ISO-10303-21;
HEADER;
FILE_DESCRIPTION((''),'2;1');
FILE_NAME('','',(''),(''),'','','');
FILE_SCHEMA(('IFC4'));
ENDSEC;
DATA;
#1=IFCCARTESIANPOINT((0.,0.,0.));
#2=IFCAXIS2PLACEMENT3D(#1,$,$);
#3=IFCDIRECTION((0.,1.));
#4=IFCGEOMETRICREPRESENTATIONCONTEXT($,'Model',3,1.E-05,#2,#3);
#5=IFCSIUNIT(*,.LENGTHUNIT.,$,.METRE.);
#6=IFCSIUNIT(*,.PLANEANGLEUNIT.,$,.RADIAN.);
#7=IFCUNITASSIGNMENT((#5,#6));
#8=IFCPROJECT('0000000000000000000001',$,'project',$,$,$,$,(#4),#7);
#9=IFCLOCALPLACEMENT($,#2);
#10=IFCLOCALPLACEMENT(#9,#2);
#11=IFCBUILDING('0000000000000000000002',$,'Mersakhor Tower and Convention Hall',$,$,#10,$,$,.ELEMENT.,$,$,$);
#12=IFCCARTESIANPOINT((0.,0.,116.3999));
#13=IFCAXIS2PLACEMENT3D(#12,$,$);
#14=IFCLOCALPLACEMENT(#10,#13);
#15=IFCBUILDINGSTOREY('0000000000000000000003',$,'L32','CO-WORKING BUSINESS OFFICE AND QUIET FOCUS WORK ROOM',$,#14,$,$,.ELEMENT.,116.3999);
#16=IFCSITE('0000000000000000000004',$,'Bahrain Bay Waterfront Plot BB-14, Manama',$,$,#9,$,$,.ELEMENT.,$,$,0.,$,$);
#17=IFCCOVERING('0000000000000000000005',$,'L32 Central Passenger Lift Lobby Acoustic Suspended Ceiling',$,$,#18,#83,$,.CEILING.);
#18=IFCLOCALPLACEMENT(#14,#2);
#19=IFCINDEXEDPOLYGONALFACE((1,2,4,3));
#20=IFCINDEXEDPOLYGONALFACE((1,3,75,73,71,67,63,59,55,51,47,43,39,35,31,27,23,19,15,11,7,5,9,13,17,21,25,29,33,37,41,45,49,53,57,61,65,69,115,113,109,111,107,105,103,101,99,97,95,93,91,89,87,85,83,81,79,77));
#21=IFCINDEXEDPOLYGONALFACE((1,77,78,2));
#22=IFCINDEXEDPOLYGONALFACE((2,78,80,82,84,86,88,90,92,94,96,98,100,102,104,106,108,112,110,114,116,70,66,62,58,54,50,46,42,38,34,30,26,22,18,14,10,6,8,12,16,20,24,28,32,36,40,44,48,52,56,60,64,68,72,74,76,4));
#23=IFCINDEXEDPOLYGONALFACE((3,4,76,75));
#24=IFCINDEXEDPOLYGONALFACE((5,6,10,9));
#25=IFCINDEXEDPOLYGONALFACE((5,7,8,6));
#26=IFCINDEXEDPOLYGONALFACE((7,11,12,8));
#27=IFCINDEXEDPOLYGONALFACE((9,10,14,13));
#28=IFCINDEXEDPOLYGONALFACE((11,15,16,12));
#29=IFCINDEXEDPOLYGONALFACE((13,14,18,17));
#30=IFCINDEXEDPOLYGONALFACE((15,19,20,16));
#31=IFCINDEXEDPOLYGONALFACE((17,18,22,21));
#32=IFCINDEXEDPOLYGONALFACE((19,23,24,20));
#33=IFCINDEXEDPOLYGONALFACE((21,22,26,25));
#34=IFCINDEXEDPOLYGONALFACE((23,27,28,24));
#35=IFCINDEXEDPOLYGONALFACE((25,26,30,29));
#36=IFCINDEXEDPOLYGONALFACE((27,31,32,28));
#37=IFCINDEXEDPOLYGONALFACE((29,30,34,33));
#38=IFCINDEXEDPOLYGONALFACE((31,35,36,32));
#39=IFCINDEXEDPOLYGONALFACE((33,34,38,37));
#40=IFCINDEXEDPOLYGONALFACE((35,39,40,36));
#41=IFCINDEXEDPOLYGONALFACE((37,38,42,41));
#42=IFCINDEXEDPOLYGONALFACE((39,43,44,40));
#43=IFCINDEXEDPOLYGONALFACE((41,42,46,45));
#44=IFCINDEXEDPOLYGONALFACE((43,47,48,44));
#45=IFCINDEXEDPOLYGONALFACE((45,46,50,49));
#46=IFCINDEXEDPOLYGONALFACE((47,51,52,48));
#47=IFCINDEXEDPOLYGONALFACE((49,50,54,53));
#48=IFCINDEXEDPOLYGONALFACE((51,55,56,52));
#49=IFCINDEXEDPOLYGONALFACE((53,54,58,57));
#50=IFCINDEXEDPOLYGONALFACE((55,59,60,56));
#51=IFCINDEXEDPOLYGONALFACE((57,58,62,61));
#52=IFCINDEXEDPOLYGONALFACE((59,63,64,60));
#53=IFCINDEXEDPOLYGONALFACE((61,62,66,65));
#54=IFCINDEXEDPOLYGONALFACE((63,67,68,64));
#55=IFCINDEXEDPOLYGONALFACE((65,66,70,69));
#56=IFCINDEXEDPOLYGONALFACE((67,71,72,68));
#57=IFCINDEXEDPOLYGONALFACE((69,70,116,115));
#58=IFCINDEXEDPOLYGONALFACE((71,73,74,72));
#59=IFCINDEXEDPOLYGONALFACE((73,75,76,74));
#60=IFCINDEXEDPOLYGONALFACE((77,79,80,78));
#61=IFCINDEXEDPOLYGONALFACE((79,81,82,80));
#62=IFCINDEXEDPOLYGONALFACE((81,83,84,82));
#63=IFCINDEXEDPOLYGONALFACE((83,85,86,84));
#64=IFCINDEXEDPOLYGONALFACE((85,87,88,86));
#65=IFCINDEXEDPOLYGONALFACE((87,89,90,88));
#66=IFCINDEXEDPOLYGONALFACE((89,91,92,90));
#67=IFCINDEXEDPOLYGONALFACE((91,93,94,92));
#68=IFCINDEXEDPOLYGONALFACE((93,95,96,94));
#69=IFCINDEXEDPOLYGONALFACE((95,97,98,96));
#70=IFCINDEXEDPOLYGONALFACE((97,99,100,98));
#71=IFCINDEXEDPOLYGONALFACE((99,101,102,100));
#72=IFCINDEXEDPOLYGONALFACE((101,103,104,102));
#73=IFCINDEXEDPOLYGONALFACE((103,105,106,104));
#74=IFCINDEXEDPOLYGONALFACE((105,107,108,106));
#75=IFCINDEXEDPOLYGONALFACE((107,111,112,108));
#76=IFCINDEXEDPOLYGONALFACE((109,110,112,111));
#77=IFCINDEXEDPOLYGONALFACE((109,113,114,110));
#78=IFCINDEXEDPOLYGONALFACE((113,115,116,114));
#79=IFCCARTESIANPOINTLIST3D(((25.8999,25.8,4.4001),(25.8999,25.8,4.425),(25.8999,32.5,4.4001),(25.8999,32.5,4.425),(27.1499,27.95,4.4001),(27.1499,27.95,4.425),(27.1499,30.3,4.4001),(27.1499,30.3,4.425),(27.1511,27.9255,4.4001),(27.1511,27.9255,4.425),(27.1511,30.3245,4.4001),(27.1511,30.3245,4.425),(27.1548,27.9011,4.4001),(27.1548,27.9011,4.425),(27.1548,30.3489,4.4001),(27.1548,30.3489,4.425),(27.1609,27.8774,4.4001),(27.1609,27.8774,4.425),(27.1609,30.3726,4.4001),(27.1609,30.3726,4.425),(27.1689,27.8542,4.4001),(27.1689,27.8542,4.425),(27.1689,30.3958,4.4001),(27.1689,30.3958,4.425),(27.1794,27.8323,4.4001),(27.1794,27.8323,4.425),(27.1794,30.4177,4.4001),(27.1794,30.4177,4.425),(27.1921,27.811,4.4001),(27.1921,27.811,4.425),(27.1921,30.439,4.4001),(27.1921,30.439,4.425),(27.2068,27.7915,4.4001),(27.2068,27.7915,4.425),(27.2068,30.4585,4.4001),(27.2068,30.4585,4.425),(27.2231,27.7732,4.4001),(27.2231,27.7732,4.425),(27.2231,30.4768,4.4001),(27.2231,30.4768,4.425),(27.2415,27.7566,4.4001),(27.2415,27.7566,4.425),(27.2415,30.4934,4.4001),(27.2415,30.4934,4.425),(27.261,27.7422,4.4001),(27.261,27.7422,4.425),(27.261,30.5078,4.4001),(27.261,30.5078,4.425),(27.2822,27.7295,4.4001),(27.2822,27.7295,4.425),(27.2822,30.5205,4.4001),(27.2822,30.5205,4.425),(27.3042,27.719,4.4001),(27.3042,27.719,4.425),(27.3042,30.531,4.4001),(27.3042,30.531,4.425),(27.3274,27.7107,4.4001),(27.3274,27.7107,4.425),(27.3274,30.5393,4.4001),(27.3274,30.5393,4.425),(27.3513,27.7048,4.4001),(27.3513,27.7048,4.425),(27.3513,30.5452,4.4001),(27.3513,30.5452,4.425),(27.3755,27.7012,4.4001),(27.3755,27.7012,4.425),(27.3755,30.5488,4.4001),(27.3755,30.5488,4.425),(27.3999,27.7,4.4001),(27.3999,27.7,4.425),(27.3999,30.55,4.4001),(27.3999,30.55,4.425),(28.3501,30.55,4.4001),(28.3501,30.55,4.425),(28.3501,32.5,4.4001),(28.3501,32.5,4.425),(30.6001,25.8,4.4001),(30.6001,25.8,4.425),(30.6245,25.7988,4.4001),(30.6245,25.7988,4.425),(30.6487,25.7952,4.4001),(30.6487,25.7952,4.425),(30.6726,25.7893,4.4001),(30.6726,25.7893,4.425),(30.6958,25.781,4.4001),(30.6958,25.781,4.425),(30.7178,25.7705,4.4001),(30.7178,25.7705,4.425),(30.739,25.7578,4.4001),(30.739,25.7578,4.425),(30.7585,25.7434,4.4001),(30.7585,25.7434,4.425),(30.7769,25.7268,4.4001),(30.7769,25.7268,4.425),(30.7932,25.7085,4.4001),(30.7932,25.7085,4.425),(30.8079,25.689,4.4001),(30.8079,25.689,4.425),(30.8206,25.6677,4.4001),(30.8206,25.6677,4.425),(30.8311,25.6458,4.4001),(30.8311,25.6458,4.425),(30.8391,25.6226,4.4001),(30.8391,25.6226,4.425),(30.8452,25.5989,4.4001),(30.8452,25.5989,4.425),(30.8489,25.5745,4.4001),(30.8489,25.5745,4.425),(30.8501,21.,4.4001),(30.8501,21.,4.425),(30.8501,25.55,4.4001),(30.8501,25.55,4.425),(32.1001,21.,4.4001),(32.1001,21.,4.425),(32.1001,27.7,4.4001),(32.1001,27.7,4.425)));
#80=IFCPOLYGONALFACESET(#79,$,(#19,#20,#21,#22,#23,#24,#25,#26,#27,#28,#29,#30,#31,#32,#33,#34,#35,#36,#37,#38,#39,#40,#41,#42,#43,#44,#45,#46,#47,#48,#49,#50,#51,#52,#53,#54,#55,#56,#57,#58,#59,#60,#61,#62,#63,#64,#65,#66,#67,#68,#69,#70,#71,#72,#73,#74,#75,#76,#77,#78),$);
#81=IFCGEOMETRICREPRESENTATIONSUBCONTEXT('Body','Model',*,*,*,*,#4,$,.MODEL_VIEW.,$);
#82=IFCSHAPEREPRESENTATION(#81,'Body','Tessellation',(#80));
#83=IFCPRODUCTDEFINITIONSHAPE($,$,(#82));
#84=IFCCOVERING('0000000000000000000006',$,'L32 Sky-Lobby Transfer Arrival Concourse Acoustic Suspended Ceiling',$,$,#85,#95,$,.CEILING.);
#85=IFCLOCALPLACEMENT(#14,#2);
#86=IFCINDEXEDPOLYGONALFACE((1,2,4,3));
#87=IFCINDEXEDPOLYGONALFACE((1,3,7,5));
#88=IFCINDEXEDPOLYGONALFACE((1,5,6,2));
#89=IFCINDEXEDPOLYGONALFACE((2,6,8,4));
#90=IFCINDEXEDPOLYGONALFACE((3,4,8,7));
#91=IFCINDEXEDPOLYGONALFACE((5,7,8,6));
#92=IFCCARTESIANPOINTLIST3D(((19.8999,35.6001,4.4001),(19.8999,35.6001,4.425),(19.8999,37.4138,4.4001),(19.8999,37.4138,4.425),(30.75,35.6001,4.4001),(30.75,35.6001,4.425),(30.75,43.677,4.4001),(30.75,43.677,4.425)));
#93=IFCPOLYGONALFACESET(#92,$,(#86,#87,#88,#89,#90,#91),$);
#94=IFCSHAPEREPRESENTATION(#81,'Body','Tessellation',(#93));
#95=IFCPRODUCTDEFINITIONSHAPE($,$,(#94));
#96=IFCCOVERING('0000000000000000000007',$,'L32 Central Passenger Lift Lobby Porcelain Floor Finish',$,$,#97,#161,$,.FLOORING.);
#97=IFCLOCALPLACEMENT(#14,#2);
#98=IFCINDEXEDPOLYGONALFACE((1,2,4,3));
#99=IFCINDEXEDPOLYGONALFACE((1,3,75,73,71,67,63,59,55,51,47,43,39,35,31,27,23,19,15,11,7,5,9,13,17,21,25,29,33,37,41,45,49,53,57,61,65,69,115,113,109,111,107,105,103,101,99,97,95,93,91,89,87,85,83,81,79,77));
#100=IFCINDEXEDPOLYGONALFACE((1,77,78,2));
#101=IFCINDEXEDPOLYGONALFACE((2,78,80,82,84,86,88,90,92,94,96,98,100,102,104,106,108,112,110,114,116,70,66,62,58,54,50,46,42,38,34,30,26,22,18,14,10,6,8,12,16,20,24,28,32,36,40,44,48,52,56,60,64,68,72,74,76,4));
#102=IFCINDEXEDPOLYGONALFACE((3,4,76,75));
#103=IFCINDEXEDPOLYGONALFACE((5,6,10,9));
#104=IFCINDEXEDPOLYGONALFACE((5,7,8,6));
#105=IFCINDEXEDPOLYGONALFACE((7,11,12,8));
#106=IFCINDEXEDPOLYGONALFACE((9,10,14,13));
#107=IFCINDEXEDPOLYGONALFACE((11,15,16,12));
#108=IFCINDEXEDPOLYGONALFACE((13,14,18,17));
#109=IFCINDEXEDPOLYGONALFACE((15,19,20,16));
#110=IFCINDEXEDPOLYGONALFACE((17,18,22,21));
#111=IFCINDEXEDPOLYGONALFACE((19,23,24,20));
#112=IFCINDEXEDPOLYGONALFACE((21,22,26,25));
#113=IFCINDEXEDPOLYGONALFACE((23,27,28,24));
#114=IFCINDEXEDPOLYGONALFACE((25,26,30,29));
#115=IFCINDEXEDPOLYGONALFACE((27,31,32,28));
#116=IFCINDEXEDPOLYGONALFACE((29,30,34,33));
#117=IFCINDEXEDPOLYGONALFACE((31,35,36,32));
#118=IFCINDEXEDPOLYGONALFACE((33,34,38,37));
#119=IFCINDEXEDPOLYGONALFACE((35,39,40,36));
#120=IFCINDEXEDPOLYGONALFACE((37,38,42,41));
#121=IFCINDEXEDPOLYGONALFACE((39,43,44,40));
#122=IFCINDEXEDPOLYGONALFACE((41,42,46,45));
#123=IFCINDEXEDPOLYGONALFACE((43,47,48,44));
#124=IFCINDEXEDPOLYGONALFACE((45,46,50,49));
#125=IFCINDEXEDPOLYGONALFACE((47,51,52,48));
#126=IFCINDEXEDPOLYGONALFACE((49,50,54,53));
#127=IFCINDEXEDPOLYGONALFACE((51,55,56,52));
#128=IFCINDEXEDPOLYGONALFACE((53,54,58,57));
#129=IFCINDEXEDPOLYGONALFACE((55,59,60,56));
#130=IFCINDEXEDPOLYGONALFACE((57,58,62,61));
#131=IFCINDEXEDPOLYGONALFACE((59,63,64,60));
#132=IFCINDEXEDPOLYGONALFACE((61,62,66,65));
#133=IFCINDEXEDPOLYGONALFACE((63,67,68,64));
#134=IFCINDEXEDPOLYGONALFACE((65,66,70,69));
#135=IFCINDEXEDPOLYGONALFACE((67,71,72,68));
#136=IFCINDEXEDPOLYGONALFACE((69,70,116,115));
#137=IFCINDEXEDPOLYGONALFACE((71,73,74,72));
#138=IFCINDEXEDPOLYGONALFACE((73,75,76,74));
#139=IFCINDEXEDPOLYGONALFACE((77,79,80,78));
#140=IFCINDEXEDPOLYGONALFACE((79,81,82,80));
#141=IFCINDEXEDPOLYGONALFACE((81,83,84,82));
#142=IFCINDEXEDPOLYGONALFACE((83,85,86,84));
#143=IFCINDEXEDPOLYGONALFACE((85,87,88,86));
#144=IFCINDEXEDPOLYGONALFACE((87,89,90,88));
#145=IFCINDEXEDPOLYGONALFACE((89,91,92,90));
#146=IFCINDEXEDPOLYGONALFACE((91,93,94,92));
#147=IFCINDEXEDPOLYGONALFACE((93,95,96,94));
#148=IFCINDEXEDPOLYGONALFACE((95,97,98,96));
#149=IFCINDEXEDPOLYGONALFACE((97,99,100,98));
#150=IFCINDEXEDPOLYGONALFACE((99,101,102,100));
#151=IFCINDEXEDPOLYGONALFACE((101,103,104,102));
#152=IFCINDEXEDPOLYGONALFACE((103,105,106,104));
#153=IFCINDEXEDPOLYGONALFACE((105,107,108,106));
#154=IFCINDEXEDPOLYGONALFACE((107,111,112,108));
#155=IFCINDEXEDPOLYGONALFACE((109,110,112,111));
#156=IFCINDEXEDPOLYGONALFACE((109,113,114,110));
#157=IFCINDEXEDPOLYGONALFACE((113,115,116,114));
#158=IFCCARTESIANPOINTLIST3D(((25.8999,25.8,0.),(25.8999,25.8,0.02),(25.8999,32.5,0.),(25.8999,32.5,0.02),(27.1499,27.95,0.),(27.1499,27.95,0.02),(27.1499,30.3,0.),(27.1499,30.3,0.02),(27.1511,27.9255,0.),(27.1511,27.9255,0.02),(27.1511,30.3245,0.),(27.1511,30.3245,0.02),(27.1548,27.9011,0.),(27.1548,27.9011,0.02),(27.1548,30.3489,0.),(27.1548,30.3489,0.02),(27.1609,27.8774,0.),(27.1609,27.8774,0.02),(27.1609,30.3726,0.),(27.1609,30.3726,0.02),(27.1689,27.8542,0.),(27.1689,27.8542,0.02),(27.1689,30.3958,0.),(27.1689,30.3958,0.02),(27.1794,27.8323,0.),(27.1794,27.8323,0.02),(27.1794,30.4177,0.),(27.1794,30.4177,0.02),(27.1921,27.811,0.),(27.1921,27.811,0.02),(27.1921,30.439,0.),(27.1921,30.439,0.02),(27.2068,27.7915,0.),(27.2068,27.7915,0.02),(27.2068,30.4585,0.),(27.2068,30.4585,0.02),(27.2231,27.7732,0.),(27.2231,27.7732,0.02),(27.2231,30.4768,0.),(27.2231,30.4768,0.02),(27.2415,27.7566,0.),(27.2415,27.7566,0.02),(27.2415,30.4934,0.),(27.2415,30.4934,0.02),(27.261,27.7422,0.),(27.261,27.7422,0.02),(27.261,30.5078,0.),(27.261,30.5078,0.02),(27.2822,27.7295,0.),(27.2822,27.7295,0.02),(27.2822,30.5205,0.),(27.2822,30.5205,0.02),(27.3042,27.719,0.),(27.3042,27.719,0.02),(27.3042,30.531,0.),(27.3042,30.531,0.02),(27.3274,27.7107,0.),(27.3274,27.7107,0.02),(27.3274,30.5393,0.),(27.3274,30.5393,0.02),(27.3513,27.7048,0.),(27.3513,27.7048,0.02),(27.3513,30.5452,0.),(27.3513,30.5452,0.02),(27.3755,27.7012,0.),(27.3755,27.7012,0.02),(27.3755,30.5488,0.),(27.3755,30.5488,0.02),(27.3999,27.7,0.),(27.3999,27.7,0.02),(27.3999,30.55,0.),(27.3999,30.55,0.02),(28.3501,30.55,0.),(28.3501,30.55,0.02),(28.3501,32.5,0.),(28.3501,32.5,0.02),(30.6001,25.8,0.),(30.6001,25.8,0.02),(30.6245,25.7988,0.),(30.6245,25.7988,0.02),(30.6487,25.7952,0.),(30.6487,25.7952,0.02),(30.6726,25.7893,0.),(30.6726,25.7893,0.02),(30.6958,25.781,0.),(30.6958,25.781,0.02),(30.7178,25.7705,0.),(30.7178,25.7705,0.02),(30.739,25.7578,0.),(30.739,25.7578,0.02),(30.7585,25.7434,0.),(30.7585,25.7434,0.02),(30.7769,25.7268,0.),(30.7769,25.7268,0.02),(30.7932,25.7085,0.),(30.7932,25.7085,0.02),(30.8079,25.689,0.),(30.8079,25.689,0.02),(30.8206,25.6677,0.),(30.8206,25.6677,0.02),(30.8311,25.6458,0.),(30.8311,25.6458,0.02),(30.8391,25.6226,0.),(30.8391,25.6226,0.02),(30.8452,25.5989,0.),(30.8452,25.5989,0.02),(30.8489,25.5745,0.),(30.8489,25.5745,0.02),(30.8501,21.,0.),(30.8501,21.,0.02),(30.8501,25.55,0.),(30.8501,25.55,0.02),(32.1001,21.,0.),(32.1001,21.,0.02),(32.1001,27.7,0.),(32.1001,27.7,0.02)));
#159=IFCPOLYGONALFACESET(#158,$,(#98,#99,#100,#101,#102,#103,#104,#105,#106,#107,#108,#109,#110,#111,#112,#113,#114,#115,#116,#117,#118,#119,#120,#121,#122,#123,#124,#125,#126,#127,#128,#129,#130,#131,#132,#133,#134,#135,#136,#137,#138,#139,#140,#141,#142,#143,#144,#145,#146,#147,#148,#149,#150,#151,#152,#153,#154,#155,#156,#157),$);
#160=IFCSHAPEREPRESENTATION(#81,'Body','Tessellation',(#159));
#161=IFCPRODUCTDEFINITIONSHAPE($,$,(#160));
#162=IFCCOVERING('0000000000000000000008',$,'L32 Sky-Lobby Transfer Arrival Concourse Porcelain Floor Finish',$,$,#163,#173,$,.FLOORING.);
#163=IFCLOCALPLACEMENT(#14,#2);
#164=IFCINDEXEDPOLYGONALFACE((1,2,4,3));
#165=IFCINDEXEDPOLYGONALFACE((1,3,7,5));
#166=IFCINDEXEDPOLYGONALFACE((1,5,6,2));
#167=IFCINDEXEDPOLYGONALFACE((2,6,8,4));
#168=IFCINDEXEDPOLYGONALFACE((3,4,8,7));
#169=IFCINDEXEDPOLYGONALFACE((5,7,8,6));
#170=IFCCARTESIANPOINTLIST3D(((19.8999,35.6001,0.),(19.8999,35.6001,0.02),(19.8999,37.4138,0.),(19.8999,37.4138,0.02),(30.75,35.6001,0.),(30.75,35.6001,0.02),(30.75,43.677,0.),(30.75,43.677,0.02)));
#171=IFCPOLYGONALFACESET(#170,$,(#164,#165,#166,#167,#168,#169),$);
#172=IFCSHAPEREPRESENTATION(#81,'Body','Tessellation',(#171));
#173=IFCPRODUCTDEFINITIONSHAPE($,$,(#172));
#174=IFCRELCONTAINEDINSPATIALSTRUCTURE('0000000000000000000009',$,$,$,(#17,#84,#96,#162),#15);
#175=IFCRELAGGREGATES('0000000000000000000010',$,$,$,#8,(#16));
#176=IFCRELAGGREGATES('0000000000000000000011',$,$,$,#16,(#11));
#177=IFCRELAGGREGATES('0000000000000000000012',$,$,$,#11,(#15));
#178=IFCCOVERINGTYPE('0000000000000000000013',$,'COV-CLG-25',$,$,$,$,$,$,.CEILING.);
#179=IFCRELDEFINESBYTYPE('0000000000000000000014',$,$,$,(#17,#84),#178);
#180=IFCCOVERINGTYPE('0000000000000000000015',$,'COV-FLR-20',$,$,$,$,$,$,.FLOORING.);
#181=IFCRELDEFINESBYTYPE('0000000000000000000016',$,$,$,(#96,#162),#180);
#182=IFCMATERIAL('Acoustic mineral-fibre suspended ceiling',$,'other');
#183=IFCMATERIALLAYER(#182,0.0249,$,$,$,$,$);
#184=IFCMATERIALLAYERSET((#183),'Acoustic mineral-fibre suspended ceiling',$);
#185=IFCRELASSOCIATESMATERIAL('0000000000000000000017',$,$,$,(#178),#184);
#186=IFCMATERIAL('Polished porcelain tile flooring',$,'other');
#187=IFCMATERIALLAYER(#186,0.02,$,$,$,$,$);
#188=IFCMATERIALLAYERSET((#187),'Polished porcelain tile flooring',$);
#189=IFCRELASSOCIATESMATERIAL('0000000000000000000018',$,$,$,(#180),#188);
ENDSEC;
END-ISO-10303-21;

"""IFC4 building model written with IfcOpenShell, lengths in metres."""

from ifc_helpers import new_model, si_unit, direction, frame, origin, place, context, subcontext, project, spatial, polyline, outline, extrude, material, layer, layer_set, type_object, element, save


model = new_model("IFC4")

# Units and contexts
model_context = context("Model", 3, precision=1e-05, world=origin(), true_north=direction((0.0, 1.0)))
body_context = subcontext(model_context, "Body", "Model", "MODEL_VIEW")
ifc_project = project(units=[si_unit("LENGTHUNIT", "METRE"), si_unit("PLANEANGLEUNIT", "RADIAN")], contexts=[model_context])

# Site, building, storey
site_placement = place(None, origin())
site = spatial("IfcSite", under=ifc_project, at=site_placement, Name="Bahrain Bay Waterfront Plot BB-14, Manama", CompositionType="ELEMENT", RefElevation=0.0)
building_placement = place(site_placement, origin())
building = spatial("IfcBuilding", under=site, at=building_placement, Name="Mersakhor Tower and Convention Hall", CompositionType="ELEMENT")
storey_placement = place(building_placement, frame((0.0, 0.0, 116.3999)))
storey = spatial("IfcBuildingStorey", under=building, at=storey_placement, Name="L32", Description="CO-WORKING BUSINESS OFFICE AND QUIET FOCUS WORK ROOM", CompositionType="ELEMENT", Elevation=116.3999)

# Coverings
ifc_material_1 = material(Name="Acoustic mineral-fibre suspended ceiling", Category="other")
ifc_layer_1 = layer(ifc_material_1, 0.0249)
ifc_layer_set_1 = layer_set([ifc_layer_1], Name="Acoustic mineral-fibre suspended ceiling")
covering_type_1 = type_object("IfcCoveringType", Name="COV-CLG-25", PredefinedType="CEILING", material=ifc_layer_set_1)
covering_1_placement = place(storey_placement, frame((0.0, 0.0, 4.4001)))
element("IfcCovering", 1, at=covering_1_placement, inside=storey, type_object=covering_type_1, Name="L32 Central Passenger Lift Lobby Acoustic Suspended Ceiling", PredefinedType="CEILING", context=body_context, shape_type="SweptSolid", body=[
    extrude(outline(polyline([(30.8501, 21.0), (30.8501, 25.55), (30.8489, 25.5745), (30.8452, 25.5989), (30.8391, 25.6226), (30.8311, 25.6458), (30.8206, 25.6677), (30.8079, 25.689), (30.7932, 25.7085), (30.7769, 25.7268), (30.7585, 25.7434), (30.739, 25.7578), (30.7178, 25.7705), (30.6958, 25.781), (30.6726, 25.7893), (30.6487, 25.7952), (30.6245, 25.7988), (30.6001, 25.8), (25.8999, 25.8), (25.8999, 32.5), (28.3501, 32.5), (28.3501, 30.55), (27.3999, 30.55), (27.3755, 30.5488), (27.3513, 30.5452), (27.3274, 30.5393), (27.3042, 30.531), (27.2822, 30.5205), (27.261, 30.5078), (27.2415, 30.4934), (27.2231, 30.4768), (27.2068, 30.4585), (27.1921, 30.439), (27.1794, 30.4177), (27.1689, 30.3958), (27.1609, 30.3726), (27.1548, 30.3489), (27.1511, 30.3245), (27.1499, 30.3), (27.1499, 27.95), (27.1511, 27.9255), (27.1548, 27.9011), (27.1609, 27.8774), (27.1689, 27.8542), (27.1794, 27.8323), (27.1921, 27.811), (27.2068, 27.7915), (27.2231, 27.7732), (27.2415, 27.7566), (27.261, 27.7422), (27.2822, 27.7295), (27.3042, 27.719), (27.3274, 27.7107), (27.3513, 27.7048), (27.3755, 27.7012), (27.3999, 27.7), (32.1001, 27.7), (32.1001, 21.0), (30.8501, 21.0)])), origin(), (0.0, 0.0, 1.0), 0.0249),
])
covering_2_placement = place(storey_placement, frame((0.0, 0.0, 4.4001)))
element("IfcCovering", 2, at=covering_2_placement, inside=storey, type_object=covering_type_1, Name="L32 Sky-Lobby Transfer Arrival Concourse Acoustic Suspended Ceiling", PredefinedType="CEILING", context=body_context, shape_type="SweptSolid", body=[
    extrude(outline(polyline([(30.75, 35.6001), (19.8999, 35.6001), (19.8999, 37.4138), (30.75, 43.677), (30.75, 35.6001)])), origin(), (0.0, 0.0, 1.0), 0.0249),
])
ifc_material_2 = material(Name="Polished porcelain tile flooring", Category="other")
ifc_layer_2 = layer(ifc_material_2, 0.02)
ifc_layer_set_2 = layer_set([ifc_layer_2], Name="Polished porcelain tile flooring")
covering_type_2 = type_object("IfcCoveringType", Name="COV-FLR-20", PredefinedType="FLOORING", material=ifc_layer_set_2)
covering_3_placement = place(storey_placement, origin())
element("IfcCovering", 3, at=covering_3_placement, inside=storey, type_object=covering_type_2, Name="L32 Central Passenger Lift Lobby Porcelain Floor Finish", PredefinedType="FLOORING", context=body_context, shape_type="SweptSolid", body=[
    extrude(outline(polyline([(30.8501, 21.0), (30.8501, 25.55), (30.8489, 25.5745), (30.8452, 25.5989), (30.8391, 25.6226), (30.8311, 25.6458), (30.8206, 25.6677), (30.8079, 25.689), (30.7932, 25.7085), (30.7769, 25.7268), (30.7585, 25.7434), (30.739, 25.7578), (30.7178, 25.7705), (30.6958, 25.781), (30.6726, 25.7893), (30.6487, 25.7952), (30.6245, 25.7988), (30.6001, 25.8), (25.8999, 25.8), (25.8999, 32.5), (28.3501, 32.5), (28.3501, 30.55), (27.3999, 30.55), (27.3755, 30.5488), (27.3513, 30.5452), (27.3274, 30.5393), (27.3042, 30.531), (27.2822, 30.5205), (27.261, 30.5078), (27.2415, 30.4934), (27.2231, 30.4768), (27.2068, 30.4585), (27.1921, 30.439), (27.1794, 30.4177), (27.1689, 30.3958), (27.1609, 30.3726), (27.1548, 30.3489), (27.1511, 30.3245), (27.1499, 30.3), (27.1499, 27.95), (27.1511, 27.9255), (27.1548, 27.9011), (27.1609, 27.8774), (27.1689, 27.8542), (27.1794, 27.8323), (27.1921, 27.811), (27.2068, 27.7915), (27.2231, 27.7732), (27.2415, 27.7566), (27.261, 27.7422), (27.2822, 27.7295), (27.3042, 27.719), (27.3274, 27.7107), (27.3513, 27.7048), (27.3755, 27.7012), (27.3999, 27.7), (32.1001, 27.7), (32.1001, 21.0), (30.8501, 21.0)])), origin(), (0.0, 0.0, 1.0), 0.02),
])
covering_4_placement = place(storey_placement, origin())
element("IfcCovering", 4, at=covering_4_placement, inside=storey, type_object=covering_type_2, Name="L32 Sky-Lobby Transfer Arrival Concourse Porcelain Floor Finish", PredefinedType="FLOORING", context=body_context, shape_type="SweptSolid", body=[
    extrude(outline(polyline([(30.75, 35.6001), (19.8999, 35.6001), (19.8999, 37.4138), (30.75, 43.677), (30.75, 35.6001)])), origin(), (0.0, 0.0, 1.0), 0.02),
])

save(model, "model.ifc")
